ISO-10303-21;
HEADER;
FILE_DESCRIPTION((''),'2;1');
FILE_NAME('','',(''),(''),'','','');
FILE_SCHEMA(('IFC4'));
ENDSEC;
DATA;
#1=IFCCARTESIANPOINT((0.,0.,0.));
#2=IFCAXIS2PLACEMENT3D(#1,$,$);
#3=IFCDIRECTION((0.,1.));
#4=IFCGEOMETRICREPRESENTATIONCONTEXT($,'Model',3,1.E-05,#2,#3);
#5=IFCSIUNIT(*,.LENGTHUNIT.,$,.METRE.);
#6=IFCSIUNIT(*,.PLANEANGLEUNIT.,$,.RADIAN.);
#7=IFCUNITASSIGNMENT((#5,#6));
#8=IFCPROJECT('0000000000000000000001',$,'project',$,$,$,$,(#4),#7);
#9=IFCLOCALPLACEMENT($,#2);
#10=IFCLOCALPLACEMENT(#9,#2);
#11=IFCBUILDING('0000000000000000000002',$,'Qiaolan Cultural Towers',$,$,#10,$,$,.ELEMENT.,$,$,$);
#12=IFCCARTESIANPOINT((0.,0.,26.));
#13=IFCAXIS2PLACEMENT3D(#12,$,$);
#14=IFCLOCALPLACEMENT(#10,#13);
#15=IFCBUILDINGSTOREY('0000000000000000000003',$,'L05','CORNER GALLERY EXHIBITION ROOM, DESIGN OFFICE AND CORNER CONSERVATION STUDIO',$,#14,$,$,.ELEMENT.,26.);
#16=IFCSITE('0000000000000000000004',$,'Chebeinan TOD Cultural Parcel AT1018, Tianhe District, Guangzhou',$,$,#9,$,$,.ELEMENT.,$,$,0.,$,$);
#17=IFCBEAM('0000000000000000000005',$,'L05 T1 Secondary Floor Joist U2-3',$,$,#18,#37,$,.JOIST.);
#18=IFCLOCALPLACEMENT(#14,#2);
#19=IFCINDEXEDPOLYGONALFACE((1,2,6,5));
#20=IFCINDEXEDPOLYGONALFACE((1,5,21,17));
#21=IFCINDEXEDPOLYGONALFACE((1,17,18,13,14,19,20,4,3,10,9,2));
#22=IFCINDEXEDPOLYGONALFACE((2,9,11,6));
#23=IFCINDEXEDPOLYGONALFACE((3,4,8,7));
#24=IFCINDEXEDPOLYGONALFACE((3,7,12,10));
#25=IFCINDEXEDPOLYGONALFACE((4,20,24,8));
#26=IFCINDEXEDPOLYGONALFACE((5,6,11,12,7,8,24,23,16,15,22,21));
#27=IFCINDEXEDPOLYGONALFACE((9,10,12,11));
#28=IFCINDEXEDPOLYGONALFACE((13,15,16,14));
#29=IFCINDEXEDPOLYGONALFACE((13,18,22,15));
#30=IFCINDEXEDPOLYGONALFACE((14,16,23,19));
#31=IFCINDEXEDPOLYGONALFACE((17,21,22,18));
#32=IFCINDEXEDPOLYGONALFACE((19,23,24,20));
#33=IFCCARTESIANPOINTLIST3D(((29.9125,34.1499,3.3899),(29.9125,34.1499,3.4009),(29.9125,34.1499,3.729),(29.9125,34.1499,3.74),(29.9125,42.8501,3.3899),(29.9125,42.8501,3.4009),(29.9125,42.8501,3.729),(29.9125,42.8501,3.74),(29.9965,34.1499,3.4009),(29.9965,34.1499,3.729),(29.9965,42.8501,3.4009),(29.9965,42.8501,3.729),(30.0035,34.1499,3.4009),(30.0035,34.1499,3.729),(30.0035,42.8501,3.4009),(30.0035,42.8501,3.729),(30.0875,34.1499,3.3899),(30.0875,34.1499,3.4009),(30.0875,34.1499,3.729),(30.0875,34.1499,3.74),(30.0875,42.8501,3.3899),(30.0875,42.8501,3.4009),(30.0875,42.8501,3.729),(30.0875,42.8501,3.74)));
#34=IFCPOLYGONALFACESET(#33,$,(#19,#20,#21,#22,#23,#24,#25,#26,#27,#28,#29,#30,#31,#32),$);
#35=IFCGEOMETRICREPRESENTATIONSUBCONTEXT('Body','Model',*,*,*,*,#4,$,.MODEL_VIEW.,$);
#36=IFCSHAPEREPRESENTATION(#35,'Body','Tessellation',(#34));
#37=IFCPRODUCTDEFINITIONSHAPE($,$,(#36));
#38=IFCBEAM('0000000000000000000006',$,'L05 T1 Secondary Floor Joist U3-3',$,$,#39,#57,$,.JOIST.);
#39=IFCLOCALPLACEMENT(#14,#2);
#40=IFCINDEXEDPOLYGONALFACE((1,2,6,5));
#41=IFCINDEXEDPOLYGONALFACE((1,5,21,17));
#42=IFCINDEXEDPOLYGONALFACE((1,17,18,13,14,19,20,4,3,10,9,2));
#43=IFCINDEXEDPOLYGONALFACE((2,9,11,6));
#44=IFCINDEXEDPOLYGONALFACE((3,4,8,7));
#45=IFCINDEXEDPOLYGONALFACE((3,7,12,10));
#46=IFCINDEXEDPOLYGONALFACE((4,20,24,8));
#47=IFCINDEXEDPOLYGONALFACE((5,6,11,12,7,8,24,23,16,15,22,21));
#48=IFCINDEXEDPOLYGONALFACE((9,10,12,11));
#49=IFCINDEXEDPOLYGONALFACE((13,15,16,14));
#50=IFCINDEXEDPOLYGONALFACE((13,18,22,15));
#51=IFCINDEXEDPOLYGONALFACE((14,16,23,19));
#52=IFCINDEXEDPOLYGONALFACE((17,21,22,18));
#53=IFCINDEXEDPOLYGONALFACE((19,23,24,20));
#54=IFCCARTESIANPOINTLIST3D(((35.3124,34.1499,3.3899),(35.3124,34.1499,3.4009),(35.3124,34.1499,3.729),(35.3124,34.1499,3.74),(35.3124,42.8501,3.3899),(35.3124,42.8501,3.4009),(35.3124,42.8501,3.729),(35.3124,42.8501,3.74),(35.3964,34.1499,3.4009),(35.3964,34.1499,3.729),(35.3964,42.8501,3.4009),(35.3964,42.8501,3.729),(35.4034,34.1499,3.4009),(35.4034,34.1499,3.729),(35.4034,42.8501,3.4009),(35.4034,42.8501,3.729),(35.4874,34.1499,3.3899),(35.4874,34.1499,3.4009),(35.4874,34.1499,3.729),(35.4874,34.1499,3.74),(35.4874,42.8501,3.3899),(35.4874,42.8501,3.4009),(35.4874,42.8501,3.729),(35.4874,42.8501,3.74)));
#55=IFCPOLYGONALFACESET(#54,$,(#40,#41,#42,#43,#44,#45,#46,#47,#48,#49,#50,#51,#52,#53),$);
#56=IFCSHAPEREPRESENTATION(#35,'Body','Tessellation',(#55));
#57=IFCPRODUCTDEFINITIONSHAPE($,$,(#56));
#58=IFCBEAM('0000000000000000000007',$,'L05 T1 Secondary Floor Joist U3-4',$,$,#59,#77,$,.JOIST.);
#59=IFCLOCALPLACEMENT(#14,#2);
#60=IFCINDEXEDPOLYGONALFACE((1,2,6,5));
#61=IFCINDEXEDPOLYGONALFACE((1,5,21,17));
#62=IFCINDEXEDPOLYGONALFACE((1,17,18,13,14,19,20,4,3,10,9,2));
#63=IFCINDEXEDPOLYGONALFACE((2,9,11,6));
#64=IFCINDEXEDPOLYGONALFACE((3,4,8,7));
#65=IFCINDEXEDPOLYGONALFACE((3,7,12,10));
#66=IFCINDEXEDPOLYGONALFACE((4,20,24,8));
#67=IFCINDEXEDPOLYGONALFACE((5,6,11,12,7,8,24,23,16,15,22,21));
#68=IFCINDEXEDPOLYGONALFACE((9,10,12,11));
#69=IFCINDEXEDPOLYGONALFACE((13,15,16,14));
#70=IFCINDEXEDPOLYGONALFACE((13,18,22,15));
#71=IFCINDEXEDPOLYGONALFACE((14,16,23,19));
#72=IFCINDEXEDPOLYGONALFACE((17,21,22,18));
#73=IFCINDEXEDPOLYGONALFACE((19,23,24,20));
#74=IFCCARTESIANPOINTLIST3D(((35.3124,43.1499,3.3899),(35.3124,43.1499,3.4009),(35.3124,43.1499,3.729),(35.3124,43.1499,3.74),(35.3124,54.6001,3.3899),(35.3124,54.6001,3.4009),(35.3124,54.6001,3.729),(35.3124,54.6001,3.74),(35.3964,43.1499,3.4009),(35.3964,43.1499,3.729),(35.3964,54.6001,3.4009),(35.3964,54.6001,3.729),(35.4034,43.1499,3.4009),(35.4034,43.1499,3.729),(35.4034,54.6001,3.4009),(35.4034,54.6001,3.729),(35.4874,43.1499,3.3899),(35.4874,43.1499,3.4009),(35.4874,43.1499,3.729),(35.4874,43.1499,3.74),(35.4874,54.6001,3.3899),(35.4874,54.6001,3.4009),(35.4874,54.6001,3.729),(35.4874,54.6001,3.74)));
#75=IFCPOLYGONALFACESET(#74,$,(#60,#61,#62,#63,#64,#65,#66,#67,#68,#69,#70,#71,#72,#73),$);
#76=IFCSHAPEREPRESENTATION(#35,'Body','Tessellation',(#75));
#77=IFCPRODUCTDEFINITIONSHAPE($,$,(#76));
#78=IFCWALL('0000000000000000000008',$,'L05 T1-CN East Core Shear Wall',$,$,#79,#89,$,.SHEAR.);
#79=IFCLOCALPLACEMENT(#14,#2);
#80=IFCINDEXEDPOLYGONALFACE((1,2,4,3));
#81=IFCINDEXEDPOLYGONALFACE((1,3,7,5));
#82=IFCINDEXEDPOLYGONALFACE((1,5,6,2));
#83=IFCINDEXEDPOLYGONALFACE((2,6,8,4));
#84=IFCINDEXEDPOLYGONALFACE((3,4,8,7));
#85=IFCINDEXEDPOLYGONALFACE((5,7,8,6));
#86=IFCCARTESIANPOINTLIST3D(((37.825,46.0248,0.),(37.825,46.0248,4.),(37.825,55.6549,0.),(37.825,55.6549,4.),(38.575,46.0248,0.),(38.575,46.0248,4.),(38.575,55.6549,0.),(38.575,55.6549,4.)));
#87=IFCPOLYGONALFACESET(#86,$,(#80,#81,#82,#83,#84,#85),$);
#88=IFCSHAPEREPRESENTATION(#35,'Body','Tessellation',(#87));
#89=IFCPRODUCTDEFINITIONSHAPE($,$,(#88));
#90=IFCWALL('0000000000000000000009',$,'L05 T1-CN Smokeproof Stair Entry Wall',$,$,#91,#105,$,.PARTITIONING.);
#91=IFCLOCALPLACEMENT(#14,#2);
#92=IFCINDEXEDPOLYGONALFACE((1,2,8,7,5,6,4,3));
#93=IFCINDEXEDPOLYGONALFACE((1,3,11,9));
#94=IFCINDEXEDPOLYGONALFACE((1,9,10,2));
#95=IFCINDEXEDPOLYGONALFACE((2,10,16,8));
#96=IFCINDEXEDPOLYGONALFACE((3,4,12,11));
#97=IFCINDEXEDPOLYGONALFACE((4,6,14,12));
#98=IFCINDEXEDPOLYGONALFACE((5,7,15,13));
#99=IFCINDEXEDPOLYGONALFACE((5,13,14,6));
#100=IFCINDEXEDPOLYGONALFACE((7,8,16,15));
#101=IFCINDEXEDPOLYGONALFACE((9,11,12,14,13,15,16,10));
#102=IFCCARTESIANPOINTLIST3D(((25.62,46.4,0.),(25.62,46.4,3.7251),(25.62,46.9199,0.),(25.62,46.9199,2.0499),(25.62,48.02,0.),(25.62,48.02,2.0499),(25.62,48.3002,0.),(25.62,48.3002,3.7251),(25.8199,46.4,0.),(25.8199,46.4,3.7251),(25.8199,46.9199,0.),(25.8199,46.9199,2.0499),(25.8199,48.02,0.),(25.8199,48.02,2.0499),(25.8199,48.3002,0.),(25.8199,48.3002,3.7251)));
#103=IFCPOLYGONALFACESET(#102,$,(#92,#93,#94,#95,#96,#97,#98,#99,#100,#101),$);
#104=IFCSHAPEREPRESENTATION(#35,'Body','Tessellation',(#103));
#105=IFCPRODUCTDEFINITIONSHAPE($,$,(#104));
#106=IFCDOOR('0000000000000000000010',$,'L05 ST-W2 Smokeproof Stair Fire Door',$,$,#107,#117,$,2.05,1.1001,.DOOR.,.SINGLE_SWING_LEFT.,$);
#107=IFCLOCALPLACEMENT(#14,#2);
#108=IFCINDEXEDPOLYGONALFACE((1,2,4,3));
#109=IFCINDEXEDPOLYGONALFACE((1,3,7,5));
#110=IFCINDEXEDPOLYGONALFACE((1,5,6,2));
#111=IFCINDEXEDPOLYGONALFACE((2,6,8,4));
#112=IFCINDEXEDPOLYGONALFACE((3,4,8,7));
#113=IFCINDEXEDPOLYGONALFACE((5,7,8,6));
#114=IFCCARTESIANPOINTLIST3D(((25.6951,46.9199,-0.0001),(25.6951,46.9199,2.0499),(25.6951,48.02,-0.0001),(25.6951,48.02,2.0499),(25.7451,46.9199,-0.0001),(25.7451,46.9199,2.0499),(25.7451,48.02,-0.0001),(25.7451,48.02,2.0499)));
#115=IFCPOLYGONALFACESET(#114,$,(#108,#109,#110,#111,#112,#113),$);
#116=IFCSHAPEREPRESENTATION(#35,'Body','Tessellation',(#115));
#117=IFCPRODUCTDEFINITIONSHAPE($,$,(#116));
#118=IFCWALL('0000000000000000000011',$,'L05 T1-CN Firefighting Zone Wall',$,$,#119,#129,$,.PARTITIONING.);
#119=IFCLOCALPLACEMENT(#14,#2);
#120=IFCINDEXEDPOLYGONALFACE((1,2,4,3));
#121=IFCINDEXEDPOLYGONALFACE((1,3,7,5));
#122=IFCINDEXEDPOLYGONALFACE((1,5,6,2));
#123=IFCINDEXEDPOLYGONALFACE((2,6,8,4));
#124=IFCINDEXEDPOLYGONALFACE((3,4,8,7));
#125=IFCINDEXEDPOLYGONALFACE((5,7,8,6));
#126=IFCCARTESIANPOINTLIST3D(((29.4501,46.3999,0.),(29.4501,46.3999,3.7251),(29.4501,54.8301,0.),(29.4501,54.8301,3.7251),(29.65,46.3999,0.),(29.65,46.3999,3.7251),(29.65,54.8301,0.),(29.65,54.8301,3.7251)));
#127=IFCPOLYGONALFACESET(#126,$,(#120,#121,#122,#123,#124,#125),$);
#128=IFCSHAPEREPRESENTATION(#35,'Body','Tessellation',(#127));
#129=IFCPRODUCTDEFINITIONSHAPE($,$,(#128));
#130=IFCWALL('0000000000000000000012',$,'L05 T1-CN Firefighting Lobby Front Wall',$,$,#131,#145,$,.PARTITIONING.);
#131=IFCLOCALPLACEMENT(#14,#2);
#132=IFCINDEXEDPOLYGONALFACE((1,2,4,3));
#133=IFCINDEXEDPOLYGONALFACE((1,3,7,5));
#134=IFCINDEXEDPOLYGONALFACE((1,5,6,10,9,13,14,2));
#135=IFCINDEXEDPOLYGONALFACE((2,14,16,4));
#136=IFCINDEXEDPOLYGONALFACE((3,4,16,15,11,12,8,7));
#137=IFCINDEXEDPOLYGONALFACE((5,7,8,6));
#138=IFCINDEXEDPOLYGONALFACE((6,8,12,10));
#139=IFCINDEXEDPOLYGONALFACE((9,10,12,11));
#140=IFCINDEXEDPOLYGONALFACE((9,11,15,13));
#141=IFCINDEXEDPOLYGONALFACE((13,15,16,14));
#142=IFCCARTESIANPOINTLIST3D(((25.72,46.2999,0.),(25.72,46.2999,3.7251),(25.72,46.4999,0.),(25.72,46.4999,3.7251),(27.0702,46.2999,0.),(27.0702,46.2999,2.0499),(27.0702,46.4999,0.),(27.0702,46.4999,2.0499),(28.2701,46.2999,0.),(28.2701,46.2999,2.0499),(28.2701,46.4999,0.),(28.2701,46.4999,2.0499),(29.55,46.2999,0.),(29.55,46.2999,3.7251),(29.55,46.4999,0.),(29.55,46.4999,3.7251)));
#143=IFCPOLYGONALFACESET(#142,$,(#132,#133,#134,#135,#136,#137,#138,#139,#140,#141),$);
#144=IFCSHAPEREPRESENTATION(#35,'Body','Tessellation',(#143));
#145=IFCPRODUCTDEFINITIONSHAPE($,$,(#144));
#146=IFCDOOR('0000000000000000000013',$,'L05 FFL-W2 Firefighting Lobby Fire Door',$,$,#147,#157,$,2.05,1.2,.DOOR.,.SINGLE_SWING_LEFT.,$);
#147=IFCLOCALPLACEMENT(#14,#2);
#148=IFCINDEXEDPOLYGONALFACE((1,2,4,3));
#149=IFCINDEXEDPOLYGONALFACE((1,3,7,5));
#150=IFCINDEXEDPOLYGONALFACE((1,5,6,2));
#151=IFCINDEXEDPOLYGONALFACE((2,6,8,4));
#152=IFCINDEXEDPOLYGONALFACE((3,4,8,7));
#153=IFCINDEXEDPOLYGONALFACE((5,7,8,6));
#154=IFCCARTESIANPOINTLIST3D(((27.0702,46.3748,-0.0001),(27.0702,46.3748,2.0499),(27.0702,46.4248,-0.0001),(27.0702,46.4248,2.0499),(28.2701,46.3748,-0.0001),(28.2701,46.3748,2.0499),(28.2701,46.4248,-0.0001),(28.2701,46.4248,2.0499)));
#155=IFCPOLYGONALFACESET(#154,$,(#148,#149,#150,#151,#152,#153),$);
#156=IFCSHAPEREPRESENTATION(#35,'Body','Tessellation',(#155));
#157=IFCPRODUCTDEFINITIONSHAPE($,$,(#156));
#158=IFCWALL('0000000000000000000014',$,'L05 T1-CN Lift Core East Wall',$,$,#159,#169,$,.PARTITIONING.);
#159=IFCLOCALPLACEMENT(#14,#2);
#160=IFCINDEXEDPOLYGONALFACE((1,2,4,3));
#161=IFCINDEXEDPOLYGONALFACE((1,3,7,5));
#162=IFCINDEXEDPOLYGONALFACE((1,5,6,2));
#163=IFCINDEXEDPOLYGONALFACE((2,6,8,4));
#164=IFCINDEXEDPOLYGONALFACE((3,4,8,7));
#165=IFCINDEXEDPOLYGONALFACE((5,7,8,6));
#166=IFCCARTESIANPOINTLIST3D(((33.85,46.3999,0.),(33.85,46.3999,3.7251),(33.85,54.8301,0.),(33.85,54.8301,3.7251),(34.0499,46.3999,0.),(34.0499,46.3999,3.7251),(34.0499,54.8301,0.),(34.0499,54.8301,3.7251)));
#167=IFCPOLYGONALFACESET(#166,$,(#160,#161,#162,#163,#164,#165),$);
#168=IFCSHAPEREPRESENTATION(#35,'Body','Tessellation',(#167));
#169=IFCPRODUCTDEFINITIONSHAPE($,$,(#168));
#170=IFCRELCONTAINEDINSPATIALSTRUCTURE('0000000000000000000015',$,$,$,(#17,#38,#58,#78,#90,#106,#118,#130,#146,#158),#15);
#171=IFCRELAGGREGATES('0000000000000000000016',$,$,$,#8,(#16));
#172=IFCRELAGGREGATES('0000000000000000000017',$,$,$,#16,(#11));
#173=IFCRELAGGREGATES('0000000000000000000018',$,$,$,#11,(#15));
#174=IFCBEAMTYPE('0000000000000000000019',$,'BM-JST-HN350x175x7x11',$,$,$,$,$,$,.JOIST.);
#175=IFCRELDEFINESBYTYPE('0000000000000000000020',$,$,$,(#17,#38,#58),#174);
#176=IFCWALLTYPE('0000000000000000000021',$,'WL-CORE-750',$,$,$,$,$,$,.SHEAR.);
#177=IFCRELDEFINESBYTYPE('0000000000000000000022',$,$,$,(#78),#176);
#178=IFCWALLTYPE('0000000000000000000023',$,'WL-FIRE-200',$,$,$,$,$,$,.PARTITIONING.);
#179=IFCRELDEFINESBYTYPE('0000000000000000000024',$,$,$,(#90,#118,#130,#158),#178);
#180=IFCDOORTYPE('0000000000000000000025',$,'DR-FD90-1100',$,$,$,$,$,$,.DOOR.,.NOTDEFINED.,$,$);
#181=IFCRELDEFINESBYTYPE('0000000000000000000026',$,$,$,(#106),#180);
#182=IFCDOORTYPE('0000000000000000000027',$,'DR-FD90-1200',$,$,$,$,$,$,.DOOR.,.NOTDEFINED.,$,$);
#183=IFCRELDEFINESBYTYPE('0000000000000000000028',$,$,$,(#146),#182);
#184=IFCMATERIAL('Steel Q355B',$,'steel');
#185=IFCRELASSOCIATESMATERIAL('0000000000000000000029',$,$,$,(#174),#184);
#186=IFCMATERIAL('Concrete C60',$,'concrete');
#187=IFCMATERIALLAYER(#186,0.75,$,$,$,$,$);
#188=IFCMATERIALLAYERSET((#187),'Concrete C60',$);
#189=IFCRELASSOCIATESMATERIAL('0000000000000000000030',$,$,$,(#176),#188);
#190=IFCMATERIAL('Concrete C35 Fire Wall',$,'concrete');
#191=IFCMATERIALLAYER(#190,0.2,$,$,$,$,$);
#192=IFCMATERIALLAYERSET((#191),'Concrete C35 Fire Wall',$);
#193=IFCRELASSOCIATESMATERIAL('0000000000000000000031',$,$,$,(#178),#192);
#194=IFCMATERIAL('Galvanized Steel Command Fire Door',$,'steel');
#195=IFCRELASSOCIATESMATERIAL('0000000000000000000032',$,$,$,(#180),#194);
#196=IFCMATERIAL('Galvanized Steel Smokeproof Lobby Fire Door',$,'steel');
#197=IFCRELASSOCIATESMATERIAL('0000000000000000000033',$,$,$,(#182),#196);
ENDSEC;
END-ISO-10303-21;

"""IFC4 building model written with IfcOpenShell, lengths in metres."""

from ifc_helpers import new_model, si_unit, direction, frame, frame_2d, origin, origin_2d, place, context, subcontext, project, spatial, rectangle, i_section, extrude, material, layer, layer_set, material_profile, profile_set, type_object, element, fill, save


model = new_model("IFC4")

# Units and contexts
model_context = context("Model", 3, precision=1e-05, world=origin(), true_north=direction((0.0, 1.0)))
body_context = subcontext(model_context, "Body", "Model", "MODEL_VIEW")
ifc_project = project(units=[si_unit("LENGTHUNIT", "METRE"), si_unit("PLANEANGLEUNIT", "RADIAN")], contexts=[model_context])

# Site, building, storey
site_placement = place(None, origin())
site = spatial("IfcSite", under=ifc_project, at=site_placement, Name="Chebeinan TOD Cultural Parcel AT1018, Tianhe District, Guangzhou", CompositionType="ELEMENT", RefElevation=0.0)
building_placement = place(site_placement, origin())
building = spatial("IfcBuilding", under=site, at=building_placement, Name="Qiaolan Cultural Towers", CompositionType="ELEMENT")
storey_placement = place(building_placement, frame((0.0, 0.0, 26.0)))
storey = spatial("IfcBuildingStorey", under=building, at=storey_placement, Name="L05", Description="CORNER GALLERY EXHIBITION ROOM, DESIGN OFFICE AND CORNER CONSERVATION STUDIO", CompositionType="ELEMENT", Elevation=26.0)

# Beams
ifc_material_1 = material(Name="Steel Q355B", Category="steel")
ifc_material_profile = material_profile(ifc_material_1, i_section(OverallWidth=0.175, OverallDepth=0.3501, WebThickness=0.0071, FlangeThickness=0.011, at=origin_2d()), Name="HN350x175x7x11")
ifc_profile_set = profile_set([ifc_material_profile], Name="Steel Q355B")
beam_type = type_object("IfcBeamType", Name="BM-JST-HN350x175x7x11", PredefinedType="JOIST", material=ifc_profile_set)
for number, where, z_axis, x_axis, name in (
    (1, (30.0, 34.1499, 3.5649), (0.0, 1.0, 0.0), (-1.0, 0.0, 0.0), "L05 T1 Secondary Floor Joist U2-3"),
    (2, (35.3999, 34.1499, 3.5649), (0.0, 1.0, 0.0), (-1.0, 0.0, 0.0), "L05 T1 Secondary Floor Joist U3-3"),
):
    element("IfcBeam", number, at=place(storey_placement, frame(where, z_axis=z_axis, x_axis=x_axis)), inside=storey, type_object=beam_type, Name=name, PredefinedType="JOIST", context=body_context, shape_type="SweptSolid", body=[
        extrude(i_section(OverallWidth=0.175, OverallDepth=0.3501, WebThickness=0.0071, FlangeThickness=0.011, at=origin_2d()), origin(), (0.0, 0.0, 1.0), 8.7002),
    ])
beam_placement = place(storey_placement, frame((35.3999, 43.1499, 3.5649), z_axis=(0.0, 1.0, 0.0), x_axis=(-1.0, 0.0, 0.0)))
element("IfcBeam", 3, at=beam_placement, inside=storey, type_object=beam_type, Name="L05 T1 Secondary Floor Joist U3-4", PredefinedType="JOIST", context=body_context, shape_type="SweptSolid", body=[
    extrude(i_section(OverallWidth=0.175, OverallDepth=0.3501, WebThickness=0.0071, FlangeThickness=0.011, at=origin_2d()), origin(), (0.0, 0.0, 1.0), 11.4502),
])

# Wall
ifc_material_2 = material(Name="Concrete C60", Category="concrete")
ifc_layer_1 = layer(ifc_material_2, 0.75)
ifc_layer_set_1 = layer_set([ifc_layer_1], Name="Concrete C60")
wall_type_1 = type_object("IfcWallType", Name="WL-CORE-750", PredefinedType="SHEAR", material=ifc_layer_set_1)
wall_1_placement = place(storey_placement, frame((38.2, 46.0249, 0.0), z_axis=(0.0, 0.0, 1.0), x_axis=(0.0, 1.0, 0.0)))
element("IfcWall", 4, at=wall_1_placement, inside=storey, type_object=wall_type_1, Name="L05 T1-CN East Core Shear Wall", PredefinedType="SHEAR", context=body_context, shape_type="SweptSolid", body=[
    extrude(rectangle(XDim=9.6301, YDim=0.75, at=frame_2d((4.8149, 0.0))), origin(), (0.0, 0.0, 1.0), 4.0),
])

# Wall, opening, door
ifc_material_3 = material(Name="Concrete C35 Fire Wall", Category="concrete")
ifc_layer_2 = layer(ifc_material_3, 0.2)
ifc_layer_set_2 = layer_set([ifc_layer_2], Name="Concrete C35 Fire Wall")
wall_type_2 = type_object("IfcWallType", Name="WL-FIRE-200", PredefinedType="PARTITIONING", material=ifc_layer_set_2)
wall_2_placement = place(storey_placement, frame((25.72, 46.3999, 0.0), z_axis=(0.0, 0.0, 1.0), x_axis=(0.0, 1.0, 0.0)))
wall_2 = element("IfcWall", 5, at=wall_2_placement, inside=storey, type_object=wall_type_2, Name="L05 T1-CN Smokeproof Stair Entry Wall", PredefinedType="PARTITIONING", context=body_context, shape_type="SweptSolid", body=[
    extrude(rectangle(XDim=1.9001, YDim=0.2, at=frame_2d((0.9502, 0.0))), origin(), (0.0, 0.0, 1.0), 3.7251),
])
opening_1_placement = place(wall_2_placement, frame((0.52, 0.0, 0.0)))
opening_1 = element("IfcOpeningElement", 6, at=opening_1_placement, cuts=wall_2, PredefinedType="OPENING", context=body_context, shape_type="SweptSolid", body=[
    extrude(rectangle(XDim=1.1001, YDim=2.05, at=frame_2d((0.55, 1.0249))), frame((0.0, 0.1099, 0.0), z_axis=(0.0, -1.0, 0.0), x_axis=(1.0, 0.0, 0.0)), (0.0, 0.0, 1.0), 0.22),
])
ifc_material_4 = material(Name="Galvanized Steel Command Fire Door", Category="steel")
door_type_1 = type_object("IfcDoorType", Name="DR-FD90-1100", OperationType="NOTDEFINED", PredefinedType="DOOR", material=ifc_material_4)
door_1_placement = place(opening_1_placement, origin())
door_1 = element("IfcDoor", 7, at=door_1_placement, inside=storey, type_object=door_type_1, Name="L05 ST-W2 Smokeproof Stair Fire Door", OperationType="SINGLE_SWING_LEFT", OverallHeight=2.05, OverallWidth=1.1001, PredefinedType="DOOR", context=body_context, shape_type="SweptSolid", body=[
    extrude(rectangle(XDim=1.1001, YDim=2.05, at=frame_2d((0.55, 1.0249))), frame((0.0, 0.0249, 0.0), z_axis=(0.0, -1.0, 0.0), x_axis=(1.0, 0.0, 0.0)), (0.0, 0.0, 1.0), 0.05),
])
fill(opening_1, door_1)

# Wall
wall_3_placement = place(storey_placement, frame((29.55, 46.3999, 0.0), z_axis=(0.0, 0.0, 1.0), x_axis=(0.0, 1.0, 0.0)))
element("IfcWall", 8, at=wall_3_placement, inside=storey, type_object=wall_type_2, Name="L05 T1-CN Firefighting Zone Wall", PredefinedType="PARTITIONING", context=body_context, shape_type="SweptSolid", body=[
    extrude(rectangle(XDim=8.4302, YDim=0.2, at=frame_2d((4.2151, 0.0))), origin(), (0.0, 0.0, 1.0), 3.7251),
])

# Wall, opening, door
wall_4_placement = place(storey_placement, frame((25.72, 46.3999, 0.0), z_axis=(0.0, 0.0, 1.0), x_axis=(1.0, 0.0, 0.0)))
wall_4 = element("IfcWall", 9, at=wall_4_placement, inside=storey, type_object=wall_type_2, Name="L05 T1-CN Firefighting Lobby Front Wall", PredefinedType="PARTITIONING", context=body_context, shape_type="SweptSolid", body=[
    extrude(rectangle(XDim=3.8301, YDim=0.2, at=frame_2d((1.915, 0.0))), origin(), (0.0, 0.0, 1.0), 3.7251),
])
opening_2_placement = place(wall_4_placement, frame((1.3501, 0.0, 0.0)))
opening_2 = element("IfcOpeningElement", 10, at=opening_2_placement, cuts=wall_4, PredefinedType="OPENING", context=body_context, shape_type="SweptSolid", body=[
    extrude(rectangle(XDim=1.2, YDim=2.05, at=frame_2d((0.6001, 1.0249))), frame((0.0, 0.1099, 0.0), z_axis=(0.0, -1.0, 0.0), x_axis=(1.0, 0.0, 0.0)), (0.0, 0.0, 1.0), 0.22),
])
ifc_material_5 = material(Name="Galvanized Steel Smokeproof Lobby Fire Door", Category="steel")
door_type_2 = type_object("IfcDoorType", Name="DR-FD90-1200", OperationType="NOTDEFINED", PredefinedType="DOOR", material=ifc_material_5)
door_2_placement = place(opening_2_placement, origin())
door_2 = element("IfcDoor", 11, at=door_2_placement, inside=storey, type_object=door_type_2, Name="L05 FFL-W2 Firefighting Lobby Fire Door", OperationType="SINGLE_SWING_LEFT", OverallHeight=2.05, OverallWidth=1.2, PredefinedType="DOOR", context=body_context, shape_type="SweptSolid", body=[
    extrude(rectangle(XDim=1.2, YDim=2.05, at=frame_2d((0.6001, 1.0249))), frame((0.0, 0.0249, 0.0), z_axis=(0.0, -1.0, 0.0), x_axis=(1.0, 0.0, 0.0)), (0.0, 0.0, 1.0), 0.05),
])
fill(opening_2, door_2)

# Wall
wall_5_placement = place(storey_placement, frame((33.95, 46.3999, 0.0), z_axis=(0.0, 0.0, 1.0), x_axis=(0.0, 1.0, 0.0)))
element("IfcWall", 12, at=wall_5_placement, inside=storey, type_object=wall_type_2, Name="L05 T1-CN Lift Core East Wall", PredefinedType="PARTITIONING", context=body_context, shape_type="SweptSolid", body=[
    extrude(rectangle(XDim=8.4302, YDim=0.2, at=frame_2d((4.2151, 0.0))), origin(), (0.0, 0.0, 1.0), 3.7251),
])

save(model, "model.ifc")
